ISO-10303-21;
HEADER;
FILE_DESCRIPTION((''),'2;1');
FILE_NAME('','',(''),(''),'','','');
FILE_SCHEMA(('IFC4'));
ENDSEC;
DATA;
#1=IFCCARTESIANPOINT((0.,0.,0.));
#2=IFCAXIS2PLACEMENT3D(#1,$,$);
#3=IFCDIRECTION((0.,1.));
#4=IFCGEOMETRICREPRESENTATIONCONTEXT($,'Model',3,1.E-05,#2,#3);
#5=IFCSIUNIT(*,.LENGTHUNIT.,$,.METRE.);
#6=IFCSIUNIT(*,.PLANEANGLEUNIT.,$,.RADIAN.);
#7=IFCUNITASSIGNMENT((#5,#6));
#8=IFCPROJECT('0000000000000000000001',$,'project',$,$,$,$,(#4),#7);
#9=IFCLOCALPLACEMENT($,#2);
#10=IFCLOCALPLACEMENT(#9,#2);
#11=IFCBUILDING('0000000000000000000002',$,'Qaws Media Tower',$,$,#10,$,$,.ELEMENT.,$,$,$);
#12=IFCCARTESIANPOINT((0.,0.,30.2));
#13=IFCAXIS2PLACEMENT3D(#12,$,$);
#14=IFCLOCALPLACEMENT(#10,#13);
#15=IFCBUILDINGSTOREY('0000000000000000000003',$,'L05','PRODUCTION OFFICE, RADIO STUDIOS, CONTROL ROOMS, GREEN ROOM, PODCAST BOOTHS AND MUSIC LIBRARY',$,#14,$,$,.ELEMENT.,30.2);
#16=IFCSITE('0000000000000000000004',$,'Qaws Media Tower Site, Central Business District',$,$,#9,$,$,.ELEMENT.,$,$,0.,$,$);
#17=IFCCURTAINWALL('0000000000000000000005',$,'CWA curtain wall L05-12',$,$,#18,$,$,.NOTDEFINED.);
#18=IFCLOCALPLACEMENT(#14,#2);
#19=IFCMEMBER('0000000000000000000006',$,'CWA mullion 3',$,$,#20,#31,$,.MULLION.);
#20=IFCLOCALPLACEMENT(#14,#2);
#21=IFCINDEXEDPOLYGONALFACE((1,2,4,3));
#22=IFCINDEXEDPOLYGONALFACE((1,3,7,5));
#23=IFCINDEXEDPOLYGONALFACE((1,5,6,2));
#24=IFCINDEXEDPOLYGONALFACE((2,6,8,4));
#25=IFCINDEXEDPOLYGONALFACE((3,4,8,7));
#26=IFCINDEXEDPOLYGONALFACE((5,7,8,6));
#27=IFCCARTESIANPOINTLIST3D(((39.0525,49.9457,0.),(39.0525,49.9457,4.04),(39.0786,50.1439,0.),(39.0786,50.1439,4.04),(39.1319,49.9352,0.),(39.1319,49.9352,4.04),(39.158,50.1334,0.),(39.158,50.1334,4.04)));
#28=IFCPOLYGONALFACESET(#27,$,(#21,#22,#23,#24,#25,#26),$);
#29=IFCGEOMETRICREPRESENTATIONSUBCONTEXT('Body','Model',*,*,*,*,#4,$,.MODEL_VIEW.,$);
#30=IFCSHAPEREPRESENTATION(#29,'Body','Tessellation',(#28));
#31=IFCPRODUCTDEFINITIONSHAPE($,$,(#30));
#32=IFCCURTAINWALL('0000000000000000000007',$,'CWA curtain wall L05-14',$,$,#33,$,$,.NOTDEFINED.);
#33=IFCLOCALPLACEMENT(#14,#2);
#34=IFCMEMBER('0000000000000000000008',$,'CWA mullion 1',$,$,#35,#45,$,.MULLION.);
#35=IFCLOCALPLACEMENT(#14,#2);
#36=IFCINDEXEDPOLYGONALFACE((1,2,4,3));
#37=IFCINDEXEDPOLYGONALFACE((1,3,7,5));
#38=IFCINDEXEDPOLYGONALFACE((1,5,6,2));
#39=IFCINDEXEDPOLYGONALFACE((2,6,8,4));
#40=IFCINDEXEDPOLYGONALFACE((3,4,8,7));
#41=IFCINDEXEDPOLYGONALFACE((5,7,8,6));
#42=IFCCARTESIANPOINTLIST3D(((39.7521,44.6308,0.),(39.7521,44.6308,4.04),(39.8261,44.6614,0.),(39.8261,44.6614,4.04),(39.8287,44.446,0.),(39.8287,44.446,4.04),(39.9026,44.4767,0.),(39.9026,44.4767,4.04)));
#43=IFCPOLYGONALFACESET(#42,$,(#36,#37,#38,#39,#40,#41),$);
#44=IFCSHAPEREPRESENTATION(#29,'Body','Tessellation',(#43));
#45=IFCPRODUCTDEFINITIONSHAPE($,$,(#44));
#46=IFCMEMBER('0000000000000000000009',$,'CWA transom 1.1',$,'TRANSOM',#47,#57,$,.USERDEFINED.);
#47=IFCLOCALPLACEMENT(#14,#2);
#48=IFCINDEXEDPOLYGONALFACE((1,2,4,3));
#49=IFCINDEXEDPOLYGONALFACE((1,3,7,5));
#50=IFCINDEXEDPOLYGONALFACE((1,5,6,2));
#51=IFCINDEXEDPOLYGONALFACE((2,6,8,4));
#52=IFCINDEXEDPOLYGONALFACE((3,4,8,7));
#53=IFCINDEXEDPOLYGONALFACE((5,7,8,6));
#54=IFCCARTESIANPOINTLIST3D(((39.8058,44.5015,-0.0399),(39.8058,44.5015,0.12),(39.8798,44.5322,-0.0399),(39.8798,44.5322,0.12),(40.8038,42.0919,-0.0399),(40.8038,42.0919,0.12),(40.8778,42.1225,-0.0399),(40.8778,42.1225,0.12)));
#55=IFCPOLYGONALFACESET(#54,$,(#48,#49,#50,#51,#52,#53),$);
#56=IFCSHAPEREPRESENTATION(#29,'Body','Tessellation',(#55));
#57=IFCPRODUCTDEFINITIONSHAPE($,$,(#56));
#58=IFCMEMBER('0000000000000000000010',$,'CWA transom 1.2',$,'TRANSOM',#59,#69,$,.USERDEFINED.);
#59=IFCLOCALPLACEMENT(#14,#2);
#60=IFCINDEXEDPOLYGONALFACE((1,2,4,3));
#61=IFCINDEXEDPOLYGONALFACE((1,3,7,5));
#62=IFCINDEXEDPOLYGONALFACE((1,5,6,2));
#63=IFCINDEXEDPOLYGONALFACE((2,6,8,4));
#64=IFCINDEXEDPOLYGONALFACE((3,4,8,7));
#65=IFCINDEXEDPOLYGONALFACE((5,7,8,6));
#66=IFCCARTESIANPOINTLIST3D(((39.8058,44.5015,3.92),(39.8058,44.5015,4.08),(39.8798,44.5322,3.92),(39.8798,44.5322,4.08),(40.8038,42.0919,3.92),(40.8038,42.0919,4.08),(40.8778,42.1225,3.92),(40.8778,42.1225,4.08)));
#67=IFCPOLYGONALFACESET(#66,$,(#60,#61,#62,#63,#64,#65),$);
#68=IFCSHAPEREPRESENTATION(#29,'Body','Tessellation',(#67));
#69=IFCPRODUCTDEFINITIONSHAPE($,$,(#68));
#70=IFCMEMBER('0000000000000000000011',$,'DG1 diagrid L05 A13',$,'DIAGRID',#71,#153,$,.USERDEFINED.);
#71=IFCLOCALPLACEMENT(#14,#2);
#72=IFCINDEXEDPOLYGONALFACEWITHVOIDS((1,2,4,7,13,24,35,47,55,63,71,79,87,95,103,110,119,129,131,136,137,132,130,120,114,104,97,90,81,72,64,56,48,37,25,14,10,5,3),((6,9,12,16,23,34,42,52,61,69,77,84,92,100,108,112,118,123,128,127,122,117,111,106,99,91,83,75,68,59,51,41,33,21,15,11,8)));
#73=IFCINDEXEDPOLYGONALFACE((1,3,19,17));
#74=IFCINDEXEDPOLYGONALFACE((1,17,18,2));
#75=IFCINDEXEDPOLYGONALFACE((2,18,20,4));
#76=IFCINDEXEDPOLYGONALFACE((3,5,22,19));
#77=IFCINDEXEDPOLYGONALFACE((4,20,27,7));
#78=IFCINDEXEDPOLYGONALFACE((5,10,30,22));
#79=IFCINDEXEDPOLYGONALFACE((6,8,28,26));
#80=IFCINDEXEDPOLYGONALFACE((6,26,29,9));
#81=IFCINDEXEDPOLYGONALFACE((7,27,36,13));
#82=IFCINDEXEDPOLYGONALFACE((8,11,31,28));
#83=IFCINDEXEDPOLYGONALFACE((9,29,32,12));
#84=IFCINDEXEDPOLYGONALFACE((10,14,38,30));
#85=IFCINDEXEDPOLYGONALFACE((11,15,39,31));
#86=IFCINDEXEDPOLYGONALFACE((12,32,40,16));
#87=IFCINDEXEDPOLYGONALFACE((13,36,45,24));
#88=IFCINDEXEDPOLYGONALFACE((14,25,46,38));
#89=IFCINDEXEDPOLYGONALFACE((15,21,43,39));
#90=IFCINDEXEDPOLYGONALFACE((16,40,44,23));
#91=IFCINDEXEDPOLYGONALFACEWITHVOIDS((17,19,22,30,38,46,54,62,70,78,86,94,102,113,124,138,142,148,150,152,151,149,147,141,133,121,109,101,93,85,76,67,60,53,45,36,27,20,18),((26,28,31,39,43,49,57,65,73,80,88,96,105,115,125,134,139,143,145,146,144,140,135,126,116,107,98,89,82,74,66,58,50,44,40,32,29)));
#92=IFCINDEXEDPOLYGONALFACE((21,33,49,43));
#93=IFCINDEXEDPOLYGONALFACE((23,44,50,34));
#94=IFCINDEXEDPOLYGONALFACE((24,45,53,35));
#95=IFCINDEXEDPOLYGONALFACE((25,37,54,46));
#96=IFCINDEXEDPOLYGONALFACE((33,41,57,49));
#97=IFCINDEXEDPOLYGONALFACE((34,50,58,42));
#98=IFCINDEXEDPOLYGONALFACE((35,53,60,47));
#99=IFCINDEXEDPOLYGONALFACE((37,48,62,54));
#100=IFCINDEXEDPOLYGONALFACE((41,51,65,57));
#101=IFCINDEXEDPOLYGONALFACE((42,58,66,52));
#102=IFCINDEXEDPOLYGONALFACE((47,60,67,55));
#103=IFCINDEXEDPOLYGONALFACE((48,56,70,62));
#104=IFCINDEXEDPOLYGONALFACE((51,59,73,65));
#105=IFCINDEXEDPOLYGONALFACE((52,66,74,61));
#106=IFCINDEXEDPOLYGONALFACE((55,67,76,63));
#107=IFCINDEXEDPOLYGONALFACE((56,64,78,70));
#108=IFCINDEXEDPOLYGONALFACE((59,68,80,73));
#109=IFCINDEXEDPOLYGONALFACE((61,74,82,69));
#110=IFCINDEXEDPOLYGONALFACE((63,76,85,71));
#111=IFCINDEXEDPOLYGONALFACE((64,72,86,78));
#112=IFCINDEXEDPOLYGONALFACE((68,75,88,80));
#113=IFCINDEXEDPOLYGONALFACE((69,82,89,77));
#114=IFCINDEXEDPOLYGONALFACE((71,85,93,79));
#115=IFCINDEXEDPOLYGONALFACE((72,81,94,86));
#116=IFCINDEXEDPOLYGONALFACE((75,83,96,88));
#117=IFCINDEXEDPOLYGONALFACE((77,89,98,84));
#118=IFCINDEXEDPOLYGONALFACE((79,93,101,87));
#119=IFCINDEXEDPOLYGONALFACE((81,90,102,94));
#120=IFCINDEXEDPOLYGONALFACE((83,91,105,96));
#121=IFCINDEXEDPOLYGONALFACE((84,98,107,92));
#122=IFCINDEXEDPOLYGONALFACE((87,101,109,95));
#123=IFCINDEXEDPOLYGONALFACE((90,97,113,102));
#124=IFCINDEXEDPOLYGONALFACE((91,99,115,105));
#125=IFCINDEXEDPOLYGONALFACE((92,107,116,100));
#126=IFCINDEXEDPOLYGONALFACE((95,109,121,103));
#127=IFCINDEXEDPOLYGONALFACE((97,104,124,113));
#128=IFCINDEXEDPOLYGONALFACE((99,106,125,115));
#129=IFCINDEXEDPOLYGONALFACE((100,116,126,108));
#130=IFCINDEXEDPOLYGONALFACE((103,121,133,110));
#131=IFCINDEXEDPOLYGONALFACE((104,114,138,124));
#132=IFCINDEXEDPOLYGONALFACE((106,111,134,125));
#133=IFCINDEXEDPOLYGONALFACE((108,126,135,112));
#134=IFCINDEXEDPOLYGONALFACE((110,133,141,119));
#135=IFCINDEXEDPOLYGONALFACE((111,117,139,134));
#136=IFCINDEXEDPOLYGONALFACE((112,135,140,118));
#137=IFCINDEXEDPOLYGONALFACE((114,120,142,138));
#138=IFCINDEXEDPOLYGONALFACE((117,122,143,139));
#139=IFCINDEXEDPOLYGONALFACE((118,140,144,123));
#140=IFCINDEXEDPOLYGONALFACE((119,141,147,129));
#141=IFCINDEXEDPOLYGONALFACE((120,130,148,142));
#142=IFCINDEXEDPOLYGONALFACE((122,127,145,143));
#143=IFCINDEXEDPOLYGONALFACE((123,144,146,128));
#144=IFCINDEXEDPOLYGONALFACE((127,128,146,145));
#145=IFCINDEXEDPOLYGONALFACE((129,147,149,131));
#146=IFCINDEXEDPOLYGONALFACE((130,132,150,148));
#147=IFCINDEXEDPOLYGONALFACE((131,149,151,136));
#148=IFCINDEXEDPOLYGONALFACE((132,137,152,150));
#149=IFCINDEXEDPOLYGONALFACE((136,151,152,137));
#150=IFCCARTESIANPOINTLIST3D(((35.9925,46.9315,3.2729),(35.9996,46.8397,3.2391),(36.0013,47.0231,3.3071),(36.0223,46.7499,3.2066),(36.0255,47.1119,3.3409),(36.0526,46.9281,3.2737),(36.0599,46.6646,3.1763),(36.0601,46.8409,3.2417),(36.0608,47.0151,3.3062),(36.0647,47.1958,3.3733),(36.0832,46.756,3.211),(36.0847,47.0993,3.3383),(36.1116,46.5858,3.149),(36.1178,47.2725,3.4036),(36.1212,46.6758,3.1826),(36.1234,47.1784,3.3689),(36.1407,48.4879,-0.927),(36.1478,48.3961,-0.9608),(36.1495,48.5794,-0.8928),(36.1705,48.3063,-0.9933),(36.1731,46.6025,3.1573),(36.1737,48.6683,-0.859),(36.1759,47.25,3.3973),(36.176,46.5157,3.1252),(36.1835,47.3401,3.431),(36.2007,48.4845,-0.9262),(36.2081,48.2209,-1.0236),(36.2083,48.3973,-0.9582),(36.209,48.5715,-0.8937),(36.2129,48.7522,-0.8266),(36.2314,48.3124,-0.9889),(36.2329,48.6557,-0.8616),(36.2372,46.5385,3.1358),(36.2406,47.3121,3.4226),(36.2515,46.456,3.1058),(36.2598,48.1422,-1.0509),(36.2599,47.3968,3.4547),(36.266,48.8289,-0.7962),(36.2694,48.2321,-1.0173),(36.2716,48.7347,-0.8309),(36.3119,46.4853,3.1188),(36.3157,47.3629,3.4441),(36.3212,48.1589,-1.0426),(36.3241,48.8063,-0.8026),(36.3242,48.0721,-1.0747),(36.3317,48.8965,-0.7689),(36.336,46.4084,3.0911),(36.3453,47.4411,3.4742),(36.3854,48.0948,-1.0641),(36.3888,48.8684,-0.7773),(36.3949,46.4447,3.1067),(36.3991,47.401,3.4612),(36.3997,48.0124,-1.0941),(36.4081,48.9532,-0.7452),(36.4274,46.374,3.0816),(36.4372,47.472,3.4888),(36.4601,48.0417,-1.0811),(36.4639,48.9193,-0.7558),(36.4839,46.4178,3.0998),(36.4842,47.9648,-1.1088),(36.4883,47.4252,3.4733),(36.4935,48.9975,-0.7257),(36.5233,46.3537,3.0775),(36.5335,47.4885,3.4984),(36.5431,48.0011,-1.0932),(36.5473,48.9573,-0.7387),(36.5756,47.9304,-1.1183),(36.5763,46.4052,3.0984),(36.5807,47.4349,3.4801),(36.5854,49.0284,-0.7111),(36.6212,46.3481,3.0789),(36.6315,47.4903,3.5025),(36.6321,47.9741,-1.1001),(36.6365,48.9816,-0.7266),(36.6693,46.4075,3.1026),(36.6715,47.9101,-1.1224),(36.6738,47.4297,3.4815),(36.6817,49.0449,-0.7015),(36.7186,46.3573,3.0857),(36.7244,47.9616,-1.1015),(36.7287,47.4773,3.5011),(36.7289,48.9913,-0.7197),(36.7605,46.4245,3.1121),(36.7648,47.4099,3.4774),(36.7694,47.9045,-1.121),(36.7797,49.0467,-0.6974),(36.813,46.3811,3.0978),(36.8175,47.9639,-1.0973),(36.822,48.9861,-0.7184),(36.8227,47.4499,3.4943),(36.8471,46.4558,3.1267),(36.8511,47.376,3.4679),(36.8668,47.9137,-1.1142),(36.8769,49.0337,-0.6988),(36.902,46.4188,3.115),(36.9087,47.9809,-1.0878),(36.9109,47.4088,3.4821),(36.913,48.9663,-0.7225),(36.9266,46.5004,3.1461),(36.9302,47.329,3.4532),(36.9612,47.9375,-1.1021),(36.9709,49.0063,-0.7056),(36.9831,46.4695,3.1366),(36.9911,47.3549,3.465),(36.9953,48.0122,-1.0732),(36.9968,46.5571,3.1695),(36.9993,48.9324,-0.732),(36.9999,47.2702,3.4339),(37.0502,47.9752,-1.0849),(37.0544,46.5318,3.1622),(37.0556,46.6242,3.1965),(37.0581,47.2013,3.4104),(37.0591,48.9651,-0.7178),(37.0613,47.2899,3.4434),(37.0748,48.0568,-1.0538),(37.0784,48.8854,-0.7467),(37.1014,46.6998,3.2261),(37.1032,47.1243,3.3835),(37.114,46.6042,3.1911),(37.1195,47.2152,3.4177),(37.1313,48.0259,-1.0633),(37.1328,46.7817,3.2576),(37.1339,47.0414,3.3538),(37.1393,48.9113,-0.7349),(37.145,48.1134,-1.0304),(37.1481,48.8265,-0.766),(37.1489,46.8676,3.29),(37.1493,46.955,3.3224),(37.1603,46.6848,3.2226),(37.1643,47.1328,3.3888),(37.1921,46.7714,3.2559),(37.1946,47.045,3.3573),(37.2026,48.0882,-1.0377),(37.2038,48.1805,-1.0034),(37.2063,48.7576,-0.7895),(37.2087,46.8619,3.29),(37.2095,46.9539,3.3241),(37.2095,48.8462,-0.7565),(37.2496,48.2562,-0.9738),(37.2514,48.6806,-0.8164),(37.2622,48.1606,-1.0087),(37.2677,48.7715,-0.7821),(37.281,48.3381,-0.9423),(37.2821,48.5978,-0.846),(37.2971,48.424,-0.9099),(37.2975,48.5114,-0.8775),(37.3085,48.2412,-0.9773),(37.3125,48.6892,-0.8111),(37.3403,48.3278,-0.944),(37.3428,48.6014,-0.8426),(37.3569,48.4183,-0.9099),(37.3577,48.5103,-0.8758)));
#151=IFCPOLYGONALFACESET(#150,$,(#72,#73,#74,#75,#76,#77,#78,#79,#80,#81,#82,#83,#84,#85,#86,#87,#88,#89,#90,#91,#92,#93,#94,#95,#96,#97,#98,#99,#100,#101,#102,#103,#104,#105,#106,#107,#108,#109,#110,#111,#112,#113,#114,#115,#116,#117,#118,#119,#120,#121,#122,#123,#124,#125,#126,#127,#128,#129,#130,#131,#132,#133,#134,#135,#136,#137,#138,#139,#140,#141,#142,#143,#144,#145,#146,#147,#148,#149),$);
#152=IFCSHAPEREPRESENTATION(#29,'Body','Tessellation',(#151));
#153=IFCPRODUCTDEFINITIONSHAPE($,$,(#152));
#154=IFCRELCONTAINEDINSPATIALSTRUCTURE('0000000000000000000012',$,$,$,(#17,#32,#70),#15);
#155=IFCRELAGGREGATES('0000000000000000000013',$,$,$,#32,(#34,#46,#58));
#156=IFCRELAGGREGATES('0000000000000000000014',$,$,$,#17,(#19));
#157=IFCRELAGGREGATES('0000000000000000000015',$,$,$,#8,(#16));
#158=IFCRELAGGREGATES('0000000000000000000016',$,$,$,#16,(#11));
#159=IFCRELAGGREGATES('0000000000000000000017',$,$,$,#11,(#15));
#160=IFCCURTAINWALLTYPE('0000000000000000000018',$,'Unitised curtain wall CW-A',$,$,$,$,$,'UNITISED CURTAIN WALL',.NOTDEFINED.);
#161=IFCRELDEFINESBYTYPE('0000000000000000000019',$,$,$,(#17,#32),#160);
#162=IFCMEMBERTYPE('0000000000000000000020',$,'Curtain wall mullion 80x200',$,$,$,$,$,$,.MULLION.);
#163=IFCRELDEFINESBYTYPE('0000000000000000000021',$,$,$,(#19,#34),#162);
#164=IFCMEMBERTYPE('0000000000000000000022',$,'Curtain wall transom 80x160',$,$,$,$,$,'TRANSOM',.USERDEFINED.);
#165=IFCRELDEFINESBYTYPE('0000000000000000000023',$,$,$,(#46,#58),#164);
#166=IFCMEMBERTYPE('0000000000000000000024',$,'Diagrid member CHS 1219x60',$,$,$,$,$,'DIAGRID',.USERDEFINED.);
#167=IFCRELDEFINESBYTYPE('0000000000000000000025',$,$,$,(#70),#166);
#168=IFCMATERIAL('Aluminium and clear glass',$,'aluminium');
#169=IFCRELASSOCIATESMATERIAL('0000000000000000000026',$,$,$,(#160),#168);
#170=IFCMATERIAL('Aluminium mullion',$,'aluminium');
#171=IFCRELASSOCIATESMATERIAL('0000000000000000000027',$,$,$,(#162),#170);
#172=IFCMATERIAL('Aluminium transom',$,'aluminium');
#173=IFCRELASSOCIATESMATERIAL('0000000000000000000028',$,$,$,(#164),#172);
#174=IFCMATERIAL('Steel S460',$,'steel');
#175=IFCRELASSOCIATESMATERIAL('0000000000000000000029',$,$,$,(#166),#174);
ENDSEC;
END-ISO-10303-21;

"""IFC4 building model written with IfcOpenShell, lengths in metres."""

from ifc_helpers import new_model, si_unit, direction, frame, origin, origin_2d, place, context, subcontext, project, spatial, rectangle, hollow_circle, extrude, material, material_profile, profile_set, type_object, element, aggregate, save


model = new_model("IFC4")

# Units and contexts
model_context = context("Model", 3, precision=1e-05, world=origin(), true_north=direction((0.0, 1.0)))
body_context = subcontext(model_context, "Body", "Model", "MODEL_VIEW")
ifc_project = project(units=[si_unit("LENGTHUNIT", "METRE"), si_unit("PLANEANGLEUNIT", "RADIAN")], contexts=[model_context])

# Site, building, storey
site_placement = place(None, origin())
site = spatial("IfcSite", under=ifc_project, at=site_placement, Name="Qaws Media Tower Site, Central Business District", CompositionType="ELEMENT", RefElevation=0.0)
building_placement = place(site_placement, origin())
building = spatial("IfcBuilding", under=site, at=building_placement, Name="Qaws Media Tower", CompositionType="ELEMENT")
storey_placement = place(building_placement, frame((0.0, 0.0, 30.2)))
storey = spatial("IfcBuildingStorey", under=building, at=storey_placement, Name="L05", Description="PRODUCTION OFFICE, RADIO STUDIOS, CONTROL ROOMS, GREEN ROOM, PODCAST BOOTHS AND MUSIC LIBRARY", CompositionType="ELEMENT", Elevation=30.2)

# Curtain wall, member
ifc_material_1 = material(Name="Aluminium and clear glass", Category="aluminium")
curtain_wall_type = type_object("IfcCurtainWallType", Name="Unitised curtain wall CW-A", ElementType="UNITISED CURTAIN WALL", PredefinedType="NOTDEFINED", material=ifc_material_1)
curtain_wall_1_placement = place(storey_placement, origin())
curtain_wall_1 = element("IfcCurtainWall", 1, at=curtain_wall_1_placement, inside=storey, type_object=curtain_wall_type, Name="CWA curtain wall L05-12", PredefinedType="NOTDEFINED")
ifc_material_2 = material(Name="Aluminium mullion", Category="aluminium")
ifc_material_profile_1 = material_profile(ifc_material_2, rectangle(XDim=0.0801, YDim=0.2, at=origin_2d()), Name="80x200")
ifc_profile_set_1 = profile_set([ifc_material_profile_1], Name="Aluminium mullion")
member_type_1 = type_object("IfcMemberType", Name="Curtain wall mullion 80x200", PredefinedType="MULLION", material=ifc_profile_set_1)
member_1_placement = place(storey_placement, frame((39.1052, 50.0396, 0.0), z_axis=(0.0, 0.0, 1.0), x_axis=(0.991445, -0.130526, 0.0)))
member_1 = element("IfcMember", 2, at=member_1_placement, type_object=member_type_1, Name="CWA mullion 3", PredefinedType="MULLION", context=body_context, shape_type="SweptSolid", body=[
    extrude(rectangle(XDim=0.0801, YDim=0.2, at=origin_2d()), origin(), (0.0, 0.0, 1.0), 4.04),
])

# Curtain wall, members
curtain_wall_2_placement = place(storey_placement, origin())
curtain_wall_2 = element("IfcCurtainWall", 3, at=curtain_wall_2_placement, inside=storey, type_object=curtain_wall_type, Name="CWA curtain wall L05-14", PredefinedType="NOTDEFINED")
member_2_placement = place(storey_placement, frame((39.8274, 44.5537, 0.0), z_axis=(0.0, 0.0, 1.0), x_axis=(0.92388, 0.382683, 0.0)))
member_2 = element("IfcMember", 4, at=member_2_placement, type_object=member_type_1, Name="CWA mullion 1", PredefinedType="MULLION", context=body_context, shape_type="SweptSolid", body=[
    extrude(rectangle(XDim=0.0801, YDim=0.2, at=origin_2d()), origin(), (0.0, 0.0, 1.0), 4.04),
])
ifc_material_3 = material(Name="Aluminium transom", Category="aluminium")
ifc_material_profile_2 = material_profile(ifc_material_3, rectangle(XDim=0.0801, YDim=0.1599, at=origin_2d()), Name="80x160")
ifc_profile_set_2 = profile_set([ifc_material_profile_2], Name="Aluminium transom")
member_type_2 = type_object("IfcMemberType", Name="Curtain wall transom 80x160", ElementType="TRANSOM", PredefinedType="USERDEFINED", material=ifc_profile_set_2)
member_3_placement = place(storey_placement, frame((39.8428, 44.5168, 0.04), z_axis=(0.38266, -0.923889, 0.0), x_axis=(0.923889, 0.38266, 0.0)))
member_3 = element("IfcMember", 5, at=member_3_placement, type_object=member_type_2, Name="CWA transom 1.1", ObjectType="TRANSOM", PredefinedType="USERDEFINED", context=body_context, shape_type="SweptSolid", body=[
    extrude(rectangle(XDim=0.0801, YDim=0.1599, at=origin_2d()), origin(), (0.0, 0.0, 1.0), 2.6082),
])
member_4_placement = place(storey_placement, frame((39.8428, 44.5168, 4.0), z_axis=(0.38266, -0.923889, 0.0), x_axis=(0.923889, 0.38266, 0.0)))
member_4 = element("IfcMember", 6, at=member_4_placement, type_object=member_type_2, Name="CWA transom 1.2", ObjectType="TRANSOM", PredefinedType="USERDEFINED", context=body_context, shape_type="SweptSolid", body=[
    extrude(rectangle(XDim=0.0801, YDim=0.1599, at=origin_2d()), origin(), (0.0, 0.0, 1.0), 2.6082),
])
aggregate(curtain_wall_2, [member_2, member_3, member_4])

# Member
ifc_material_4 = material(Name="Steel S460", Category="steel")
ifc_material_profile_3 = material_profile(ifc_material_4, hollow_circle(Radius=0.6096, WallThickness=0.0601, at=origin_2d()), Name="CHS 1219x60")
ifc_profile_set_3 = profile_set([ifc_material_profile_3], Name="Steel S460")
member_type_3 = type_object("IfcMemberType", Name="Diagrid member CHS 1219x60", ElementType="DIAGRID", PredefinedType="USERDEFINED", material=ifc_profile_set_3)
for number, where, z_axis, x_axis, name in (
    (7, (36.75, 48.4761, -0.9099), (-0.033068, -0.347293, 0.937173), (0.995498, -0.094787, 0.0), "DG1 diagrid L05 A13"),
):
    element("IfcMember", number, at=place(storey_placement, frame(where, z_axis=z_axis, x_axis=x_axis)), inside=storey, type_object=member_type_3, Name=name, ObjectType="DIAGRID", PredefinedType="USERDEFINED", context=body_context, shape_type="SweptSolid", body=[
        extrude(hollow_circle(Radius=0.6096, WallThickness=0.0601, at=origin_2d()), origin(), (0.0, 0.0, 1.0), 4.4814),
    ])

aggregate(curtain_wall_1, [member_1])

save(model, "model.ifc")
